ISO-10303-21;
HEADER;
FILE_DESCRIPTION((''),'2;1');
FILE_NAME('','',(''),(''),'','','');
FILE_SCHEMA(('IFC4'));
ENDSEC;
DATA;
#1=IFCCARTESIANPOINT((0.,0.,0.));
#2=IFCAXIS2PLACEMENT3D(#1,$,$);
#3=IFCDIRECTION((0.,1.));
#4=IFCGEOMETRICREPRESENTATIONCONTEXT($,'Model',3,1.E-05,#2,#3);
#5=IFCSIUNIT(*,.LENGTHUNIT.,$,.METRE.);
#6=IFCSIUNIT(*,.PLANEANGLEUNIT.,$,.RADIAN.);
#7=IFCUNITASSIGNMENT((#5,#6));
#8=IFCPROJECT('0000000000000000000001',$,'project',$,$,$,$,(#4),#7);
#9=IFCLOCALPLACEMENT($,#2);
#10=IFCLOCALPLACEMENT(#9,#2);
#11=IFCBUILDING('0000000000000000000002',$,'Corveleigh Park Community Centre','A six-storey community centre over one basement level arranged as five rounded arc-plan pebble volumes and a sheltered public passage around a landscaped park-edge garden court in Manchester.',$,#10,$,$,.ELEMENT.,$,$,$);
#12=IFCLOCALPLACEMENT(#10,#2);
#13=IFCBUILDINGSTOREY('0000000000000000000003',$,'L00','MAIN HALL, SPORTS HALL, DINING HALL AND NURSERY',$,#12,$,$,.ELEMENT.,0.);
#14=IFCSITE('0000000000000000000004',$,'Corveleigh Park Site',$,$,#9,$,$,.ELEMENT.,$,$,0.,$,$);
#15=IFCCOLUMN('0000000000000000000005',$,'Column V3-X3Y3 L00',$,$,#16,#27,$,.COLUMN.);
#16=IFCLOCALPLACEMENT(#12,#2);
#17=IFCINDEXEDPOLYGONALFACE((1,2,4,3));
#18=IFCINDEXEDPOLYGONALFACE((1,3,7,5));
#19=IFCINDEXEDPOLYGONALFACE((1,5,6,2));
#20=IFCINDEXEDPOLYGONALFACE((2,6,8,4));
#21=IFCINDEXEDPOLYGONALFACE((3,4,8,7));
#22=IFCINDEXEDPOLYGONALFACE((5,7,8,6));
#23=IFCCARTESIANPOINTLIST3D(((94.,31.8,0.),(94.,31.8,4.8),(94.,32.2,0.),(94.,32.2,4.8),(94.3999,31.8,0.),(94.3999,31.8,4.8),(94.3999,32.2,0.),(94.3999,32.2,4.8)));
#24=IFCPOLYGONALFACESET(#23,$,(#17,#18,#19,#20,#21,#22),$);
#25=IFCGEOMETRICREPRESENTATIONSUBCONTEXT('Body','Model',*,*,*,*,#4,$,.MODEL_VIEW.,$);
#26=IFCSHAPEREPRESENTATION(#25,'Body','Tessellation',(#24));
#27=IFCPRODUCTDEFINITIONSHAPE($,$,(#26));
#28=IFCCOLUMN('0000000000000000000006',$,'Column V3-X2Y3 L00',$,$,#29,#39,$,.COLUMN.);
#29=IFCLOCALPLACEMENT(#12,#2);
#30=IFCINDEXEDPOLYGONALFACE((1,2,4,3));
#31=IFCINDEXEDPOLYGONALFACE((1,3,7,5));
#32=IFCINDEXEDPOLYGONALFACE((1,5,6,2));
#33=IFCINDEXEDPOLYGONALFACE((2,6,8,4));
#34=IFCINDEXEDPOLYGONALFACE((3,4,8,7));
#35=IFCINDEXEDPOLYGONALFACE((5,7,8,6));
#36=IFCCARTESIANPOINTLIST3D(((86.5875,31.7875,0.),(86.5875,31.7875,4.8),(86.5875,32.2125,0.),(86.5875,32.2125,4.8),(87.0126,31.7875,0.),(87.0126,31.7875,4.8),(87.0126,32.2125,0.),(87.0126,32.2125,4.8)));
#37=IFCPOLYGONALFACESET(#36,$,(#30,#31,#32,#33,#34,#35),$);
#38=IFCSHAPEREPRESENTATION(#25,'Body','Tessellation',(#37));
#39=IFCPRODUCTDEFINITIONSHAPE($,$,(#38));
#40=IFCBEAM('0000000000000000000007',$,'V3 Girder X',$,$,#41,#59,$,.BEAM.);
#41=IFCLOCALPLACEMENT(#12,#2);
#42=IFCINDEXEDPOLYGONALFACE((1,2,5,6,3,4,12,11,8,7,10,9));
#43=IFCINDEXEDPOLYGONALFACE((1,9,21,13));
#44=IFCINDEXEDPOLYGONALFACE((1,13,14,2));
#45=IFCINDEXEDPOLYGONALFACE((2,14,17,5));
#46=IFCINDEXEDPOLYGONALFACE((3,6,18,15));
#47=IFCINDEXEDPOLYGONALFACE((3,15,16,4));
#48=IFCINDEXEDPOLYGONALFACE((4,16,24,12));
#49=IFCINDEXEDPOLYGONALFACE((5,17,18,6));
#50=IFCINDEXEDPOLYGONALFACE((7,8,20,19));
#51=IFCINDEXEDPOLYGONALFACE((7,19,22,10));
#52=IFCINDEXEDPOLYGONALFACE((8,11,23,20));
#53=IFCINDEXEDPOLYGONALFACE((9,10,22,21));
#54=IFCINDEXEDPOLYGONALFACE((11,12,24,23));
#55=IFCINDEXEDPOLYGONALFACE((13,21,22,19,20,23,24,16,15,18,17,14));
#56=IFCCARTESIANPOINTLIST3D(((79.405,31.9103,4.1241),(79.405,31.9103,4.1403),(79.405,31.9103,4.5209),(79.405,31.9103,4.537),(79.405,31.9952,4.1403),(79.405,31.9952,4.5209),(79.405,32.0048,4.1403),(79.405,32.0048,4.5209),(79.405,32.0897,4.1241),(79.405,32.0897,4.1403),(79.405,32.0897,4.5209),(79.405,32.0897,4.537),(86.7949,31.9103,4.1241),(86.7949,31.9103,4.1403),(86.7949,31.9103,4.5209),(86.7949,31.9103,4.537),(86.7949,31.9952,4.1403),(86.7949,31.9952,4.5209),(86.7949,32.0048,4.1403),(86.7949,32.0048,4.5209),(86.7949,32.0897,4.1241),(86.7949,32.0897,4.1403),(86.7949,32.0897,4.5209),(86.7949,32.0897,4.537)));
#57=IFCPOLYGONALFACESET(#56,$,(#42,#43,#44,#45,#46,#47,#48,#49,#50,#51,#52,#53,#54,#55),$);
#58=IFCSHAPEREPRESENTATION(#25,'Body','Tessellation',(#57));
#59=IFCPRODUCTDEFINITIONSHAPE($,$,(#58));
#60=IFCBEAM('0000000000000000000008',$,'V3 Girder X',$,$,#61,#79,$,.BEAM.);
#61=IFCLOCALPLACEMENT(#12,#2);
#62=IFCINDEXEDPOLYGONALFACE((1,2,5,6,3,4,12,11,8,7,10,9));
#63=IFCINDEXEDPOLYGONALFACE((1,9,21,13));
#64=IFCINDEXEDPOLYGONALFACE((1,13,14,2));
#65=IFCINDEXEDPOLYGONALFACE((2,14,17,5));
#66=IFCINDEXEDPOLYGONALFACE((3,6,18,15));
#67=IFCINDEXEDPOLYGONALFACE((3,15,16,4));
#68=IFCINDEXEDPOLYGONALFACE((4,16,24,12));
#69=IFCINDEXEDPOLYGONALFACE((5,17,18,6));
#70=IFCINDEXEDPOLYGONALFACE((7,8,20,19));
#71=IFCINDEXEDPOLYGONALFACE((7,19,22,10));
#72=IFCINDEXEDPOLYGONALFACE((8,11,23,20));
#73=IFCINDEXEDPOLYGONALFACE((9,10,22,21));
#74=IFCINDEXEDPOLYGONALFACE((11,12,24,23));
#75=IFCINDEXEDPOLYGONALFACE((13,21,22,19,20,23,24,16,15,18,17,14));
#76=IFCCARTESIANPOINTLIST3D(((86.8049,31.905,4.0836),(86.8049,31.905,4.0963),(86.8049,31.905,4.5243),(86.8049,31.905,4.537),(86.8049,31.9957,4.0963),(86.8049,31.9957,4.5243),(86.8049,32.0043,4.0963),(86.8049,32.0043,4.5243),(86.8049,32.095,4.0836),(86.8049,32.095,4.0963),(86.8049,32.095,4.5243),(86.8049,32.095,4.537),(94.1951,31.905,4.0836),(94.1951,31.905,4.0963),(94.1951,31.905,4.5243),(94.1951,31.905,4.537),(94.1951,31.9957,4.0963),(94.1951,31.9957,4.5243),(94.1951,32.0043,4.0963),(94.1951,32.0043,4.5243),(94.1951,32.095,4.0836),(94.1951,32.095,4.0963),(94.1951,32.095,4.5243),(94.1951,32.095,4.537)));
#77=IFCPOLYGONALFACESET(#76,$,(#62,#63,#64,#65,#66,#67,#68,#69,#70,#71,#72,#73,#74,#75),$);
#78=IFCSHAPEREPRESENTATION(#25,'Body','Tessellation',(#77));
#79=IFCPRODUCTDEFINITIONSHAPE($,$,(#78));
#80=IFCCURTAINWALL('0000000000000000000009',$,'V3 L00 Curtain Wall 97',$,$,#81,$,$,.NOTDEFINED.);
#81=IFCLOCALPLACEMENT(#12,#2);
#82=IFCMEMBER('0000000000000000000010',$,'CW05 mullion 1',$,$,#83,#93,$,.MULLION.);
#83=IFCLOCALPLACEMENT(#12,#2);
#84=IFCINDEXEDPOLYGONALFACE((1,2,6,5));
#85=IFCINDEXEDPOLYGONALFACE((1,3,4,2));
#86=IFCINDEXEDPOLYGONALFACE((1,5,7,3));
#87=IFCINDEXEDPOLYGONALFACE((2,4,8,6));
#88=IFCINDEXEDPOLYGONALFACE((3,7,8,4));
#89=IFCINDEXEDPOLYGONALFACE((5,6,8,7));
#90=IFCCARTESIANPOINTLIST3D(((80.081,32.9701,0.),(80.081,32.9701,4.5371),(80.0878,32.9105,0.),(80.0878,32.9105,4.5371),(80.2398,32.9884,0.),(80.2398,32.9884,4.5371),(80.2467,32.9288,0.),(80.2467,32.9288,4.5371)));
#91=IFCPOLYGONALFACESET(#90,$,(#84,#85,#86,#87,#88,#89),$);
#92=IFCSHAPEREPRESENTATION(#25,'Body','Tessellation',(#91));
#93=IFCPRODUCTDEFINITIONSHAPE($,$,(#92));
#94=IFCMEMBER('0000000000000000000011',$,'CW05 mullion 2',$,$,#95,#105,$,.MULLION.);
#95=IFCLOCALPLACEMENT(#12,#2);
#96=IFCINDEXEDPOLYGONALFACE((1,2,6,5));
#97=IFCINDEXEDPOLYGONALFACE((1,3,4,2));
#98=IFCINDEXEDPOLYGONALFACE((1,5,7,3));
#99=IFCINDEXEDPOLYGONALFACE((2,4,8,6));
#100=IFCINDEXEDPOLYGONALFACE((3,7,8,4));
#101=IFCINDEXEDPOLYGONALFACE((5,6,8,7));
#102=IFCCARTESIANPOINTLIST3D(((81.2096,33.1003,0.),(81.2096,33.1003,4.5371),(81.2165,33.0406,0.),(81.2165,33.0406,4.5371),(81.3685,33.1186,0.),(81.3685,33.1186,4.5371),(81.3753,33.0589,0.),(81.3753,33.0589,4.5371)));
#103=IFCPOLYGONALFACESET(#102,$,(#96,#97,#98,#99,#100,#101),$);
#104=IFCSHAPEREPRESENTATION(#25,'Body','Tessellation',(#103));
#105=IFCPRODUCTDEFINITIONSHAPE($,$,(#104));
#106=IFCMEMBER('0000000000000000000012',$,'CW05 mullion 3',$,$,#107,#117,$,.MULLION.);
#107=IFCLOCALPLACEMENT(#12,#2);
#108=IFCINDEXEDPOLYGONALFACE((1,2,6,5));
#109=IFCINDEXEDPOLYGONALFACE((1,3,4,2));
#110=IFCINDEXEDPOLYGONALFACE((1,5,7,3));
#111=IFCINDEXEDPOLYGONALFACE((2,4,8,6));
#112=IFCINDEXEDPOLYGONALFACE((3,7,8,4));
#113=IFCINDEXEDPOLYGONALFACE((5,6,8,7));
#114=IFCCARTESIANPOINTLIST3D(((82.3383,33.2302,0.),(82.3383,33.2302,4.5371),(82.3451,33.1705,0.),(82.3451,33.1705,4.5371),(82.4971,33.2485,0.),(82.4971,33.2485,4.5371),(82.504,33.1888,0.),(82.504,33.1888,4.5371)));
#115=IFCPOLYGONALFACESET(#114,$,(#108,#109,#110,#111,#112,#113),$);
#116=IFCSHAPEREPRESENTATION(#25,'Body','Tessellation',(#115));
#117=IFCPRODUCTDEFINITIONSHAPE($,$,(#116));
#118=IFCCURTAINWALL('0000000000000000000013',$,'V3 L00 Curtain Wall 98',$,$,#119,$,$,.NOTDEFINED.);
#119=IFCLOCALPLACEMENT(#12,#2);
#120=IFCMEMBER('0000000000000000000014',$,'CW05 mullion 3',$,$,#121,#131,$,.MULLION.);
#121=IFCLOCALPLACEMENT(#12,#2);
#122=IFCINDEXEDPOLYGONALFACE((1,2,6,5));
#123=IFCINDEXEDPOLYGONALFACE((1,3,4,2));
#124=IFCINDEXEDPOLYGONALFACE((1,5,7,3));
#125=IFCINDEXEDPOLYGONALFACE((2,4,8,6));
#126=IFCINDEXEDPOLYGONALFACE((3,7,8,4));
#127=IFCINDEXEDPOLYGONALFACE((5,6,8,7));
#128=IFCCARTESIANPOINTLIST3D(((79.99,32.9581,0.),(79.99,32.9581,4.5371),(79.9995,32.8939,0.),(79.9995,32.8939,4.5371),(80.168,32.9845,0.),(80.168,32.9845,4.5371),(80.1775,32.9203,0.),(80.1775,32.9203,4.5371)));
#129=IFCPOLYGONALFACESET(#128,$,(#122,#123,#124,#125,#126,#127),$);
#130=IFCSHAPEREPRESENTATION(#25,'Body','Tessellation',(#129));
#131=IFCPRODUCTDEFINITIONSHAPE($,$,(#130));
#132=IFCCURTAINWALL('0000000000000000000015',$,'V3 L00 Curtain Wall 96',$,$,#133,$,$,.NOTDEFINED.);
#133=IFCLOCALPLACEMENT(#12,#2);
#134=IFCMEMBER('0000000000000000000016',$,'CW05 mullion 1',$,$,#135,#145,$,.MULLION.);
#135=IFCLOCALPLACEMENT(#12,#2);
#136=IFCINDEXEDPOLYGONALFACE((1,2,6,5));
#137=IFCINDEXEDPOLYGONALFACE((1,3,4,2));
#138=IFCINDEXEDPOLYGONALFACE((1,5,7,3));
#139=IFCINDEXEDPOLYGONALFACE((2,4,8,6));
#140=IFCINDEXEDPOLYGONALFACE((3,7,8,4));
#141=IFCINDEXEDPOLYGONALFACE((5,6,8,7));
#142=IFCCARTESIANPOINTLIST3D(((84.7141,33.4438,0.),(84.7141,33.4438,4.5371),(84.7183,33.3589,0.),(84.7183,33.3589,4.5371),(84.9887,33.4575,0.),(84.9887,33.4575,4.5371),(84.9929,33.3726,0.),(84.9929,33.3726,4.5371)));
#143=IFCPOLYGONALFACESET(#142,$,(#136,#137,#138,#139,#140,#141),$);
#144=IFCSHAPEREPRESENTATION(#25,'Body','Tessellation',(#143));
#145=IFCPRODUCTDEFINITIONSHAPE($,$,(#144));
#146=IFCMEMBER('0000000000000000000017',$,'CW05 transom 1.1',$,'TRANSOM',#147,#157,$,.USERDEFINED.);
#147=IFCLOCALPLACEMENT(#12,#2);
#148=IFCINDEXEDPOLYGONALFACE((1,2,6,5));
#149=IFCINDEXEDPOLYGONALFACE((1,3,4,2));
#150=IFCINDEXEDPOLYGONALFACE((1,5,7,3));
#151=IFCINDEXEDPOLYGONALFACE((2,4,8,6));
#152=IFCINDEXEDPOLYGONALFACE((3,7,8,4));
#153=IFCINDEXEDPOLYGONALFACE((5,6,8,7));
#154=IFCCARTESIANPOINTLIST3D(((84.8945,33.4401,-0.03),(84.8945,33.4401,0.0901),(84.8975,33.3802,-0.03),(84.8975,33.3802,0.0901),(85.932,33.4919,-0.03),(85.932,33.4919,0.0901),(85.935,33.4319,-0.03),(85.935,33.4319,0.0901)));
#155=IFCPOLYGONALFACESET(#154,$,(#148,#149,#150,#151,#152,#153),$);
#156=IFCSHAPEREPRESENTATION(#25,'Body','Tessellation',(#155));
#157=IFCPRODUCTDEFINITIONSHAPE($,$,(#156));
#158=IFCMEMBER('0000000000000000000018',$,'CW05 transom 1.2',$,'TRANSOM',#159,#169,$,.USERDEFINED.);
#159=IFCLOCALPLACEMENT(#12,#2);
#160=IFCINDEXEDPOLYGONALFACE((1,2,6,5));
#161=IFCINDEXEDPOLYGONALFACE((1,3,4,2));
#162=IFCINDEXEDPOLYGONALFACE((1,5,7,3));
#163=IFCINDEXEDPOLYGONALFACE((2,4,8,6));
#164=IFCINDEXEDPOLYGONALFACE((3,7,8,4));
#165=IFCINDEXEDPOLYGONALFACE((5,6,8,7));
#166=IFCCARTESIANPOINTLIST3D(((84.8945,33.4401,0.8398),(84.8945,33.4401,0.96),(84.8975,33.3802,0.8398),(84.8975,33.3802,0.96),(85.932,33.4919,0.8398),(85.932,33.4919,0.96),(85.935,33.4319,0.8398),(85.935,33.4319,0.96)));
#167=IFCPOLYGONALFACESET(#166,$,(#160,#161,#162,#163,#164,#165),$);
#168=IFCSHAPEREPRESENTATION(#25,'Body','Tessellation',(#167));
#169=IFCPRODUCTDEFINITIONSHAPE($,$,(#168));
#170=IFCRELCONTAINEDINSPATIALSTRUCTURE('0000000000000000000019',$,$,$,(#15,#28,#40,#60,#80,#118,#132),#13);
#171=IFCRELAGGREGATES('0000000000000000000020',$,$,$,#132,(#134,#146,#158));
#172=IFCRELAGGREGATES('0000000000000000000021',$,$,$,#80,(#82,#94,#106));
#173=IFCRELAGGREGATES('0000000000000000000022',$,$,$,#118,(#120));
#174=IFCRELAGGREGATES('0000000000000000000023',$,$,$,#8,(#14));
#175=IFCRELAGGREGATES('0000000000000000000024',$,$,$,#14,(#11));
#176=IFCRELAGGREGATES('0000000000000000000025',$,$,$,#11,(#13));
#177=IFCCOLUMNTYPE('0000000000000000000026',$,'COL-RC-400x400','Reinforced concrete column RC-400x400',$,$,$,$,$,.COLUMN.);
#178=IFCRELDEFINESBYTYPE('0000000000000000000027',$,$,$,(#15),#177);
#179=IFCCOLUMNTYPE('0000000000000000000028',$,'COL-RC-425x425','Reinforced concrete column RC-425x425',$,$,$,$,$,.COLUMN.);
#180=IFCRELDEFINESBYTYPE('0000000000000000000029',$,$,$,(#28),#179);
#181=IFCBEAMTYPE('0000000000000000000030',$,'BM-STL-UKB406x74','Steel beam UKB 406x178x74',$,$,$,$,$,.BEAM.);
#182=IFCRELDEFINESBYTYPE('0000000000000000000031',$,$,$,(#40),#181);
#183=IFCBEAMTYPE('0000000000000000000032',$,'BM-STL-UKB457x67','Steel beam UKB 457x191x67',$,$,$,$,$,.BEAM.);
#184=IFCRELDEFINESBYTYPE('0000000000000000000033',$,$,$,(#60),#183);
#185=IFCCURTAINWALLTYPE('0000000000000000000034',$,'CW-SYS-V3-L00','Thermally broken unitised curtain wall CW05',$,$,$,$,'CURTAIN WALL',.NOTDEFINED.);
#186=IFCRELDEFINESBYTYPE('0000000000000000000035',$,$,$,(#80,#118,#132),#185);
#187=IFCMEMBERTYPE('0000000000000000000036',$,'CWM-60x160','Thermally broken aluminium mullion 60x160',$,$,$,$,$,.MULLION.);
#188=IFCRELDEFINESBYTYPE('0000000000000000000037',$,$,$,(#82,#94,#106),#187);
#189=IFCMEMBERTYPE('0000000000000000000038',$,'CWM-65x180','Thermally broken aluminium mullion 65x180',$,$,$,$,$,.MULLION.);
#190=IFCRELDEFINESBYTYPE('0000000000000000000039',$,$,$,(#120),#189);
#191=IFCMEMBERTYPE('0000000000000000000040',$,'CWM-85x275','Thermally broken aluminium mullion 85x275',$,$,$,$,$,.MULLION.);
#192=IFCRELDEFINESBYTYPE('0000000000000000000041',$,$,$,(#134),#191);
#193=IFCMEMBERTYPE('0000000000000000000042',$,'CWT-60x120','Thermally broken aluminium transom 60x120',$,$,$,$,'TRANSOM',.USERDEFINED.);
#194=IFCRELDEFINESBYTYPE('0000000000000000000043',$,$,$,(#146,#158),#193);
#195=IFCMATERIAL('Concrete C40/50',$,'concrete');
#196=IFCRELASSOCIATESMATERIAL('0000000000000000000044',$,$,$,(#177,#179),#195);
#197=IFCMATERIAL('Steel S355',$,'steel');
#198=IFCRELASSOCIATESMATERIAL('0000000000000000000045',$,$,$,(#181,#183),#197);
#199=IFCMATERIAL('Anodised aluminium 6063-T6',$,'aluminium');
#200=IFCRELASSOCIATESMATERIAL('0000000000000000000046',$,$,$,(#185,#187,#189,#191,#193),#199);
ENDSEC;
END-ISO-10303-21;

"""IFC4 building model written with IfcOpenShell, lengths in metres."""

from ifc_helpers import new_model, si_unit, direction, frame, origin, origin_2d, place, context, subcontext, project, spatial, rectangle, i_section, extrude, material, material_profile, profile_set, type_object, element, aggregate, save


model = new_model("IFC4")

# Units and contexts
model_context = context("Model", 3, precision=1e-05, world=origin(), true_north=direction((0.0, 1.0)))
body_context = subcontext(model_context, "Body", "Model", "MODEL_VIEW")
ifc_project = project(units=[si_unit("LENGTHUNIT", "METRE"), si_unit("PLANEANGLEUNIT", "RADIAN")], contexts=[model_context])

# Site, building, storey
site_placement = place(None, origin())
site = spatial("IfcSite", under=ifc_project, at=site_placement, Name="Corveleigh Park Site", CompositionType="ELEMENT", RefElevation=0.0)
building_placement = place(site_placement, origin())
building = spatial("IfcBuilding", under=site, at=building_placement, Name="Corveleigh Park Community Centre", Description="A six-storey community centre over one basement level arranged as five rounded arc-plan pebble volumes and a sheltered public passage around a landscaped park-edge garden court in Manchester.", CompositionType="ELEMENT")
storey_placement = place(building_placement, origin())
storey = spatial("IfcBuildingStorey", under=building, at=storey_placement, Name="L00", Description="MAIN HALL, SPORTS HALL, DINING HALL AND NURSERY", CompositionType="ELEMENT", Elevation=0.0)

# Columns
ifc_material_1 = material(Name="Concrete C40/50", Category="concrete")
ifc_material_profile_1 = material_profile(ifc_material_1, rectangle(XDim=0.3999, YDim=0.3999, at=origin_2d()), Name="RC-400x400", Category="concrete")
ifc_profile_set_1 = profile_set([ifc_material_profile_1], Name="Concrete C40/50")
column_type_1 = type_object("IfcColumnType", Name="COL-RC-400x400", Description="Reinforced concrete column RC-400x400", PredefinedType="COLUMN", material=ifc_profile_set_1)
column_1_placement = place(storey_placement, frame((94.2, 32.0, 0.0), z_axis=(0.0, 0.0, 1.0), x_axis=(1.0, 0.0, 0.0)))
element("IfcColumn", 1, at=column_1_placement, inside=storey, type_object=column_type_1, Name="Column V3-X3Y3 L00", PredefinedType="COLUMN", context=body_context, shape_type="SweptSolid", body=[
    extrude(rectangle(XDim=0.3999, YDim=0.3999, at=origin_2d()), origin(), (0.0, 0.0, 1.0), 4.8),
])
ifc_material_profile_2 = material_profile(ifc_material_1, rectangle(XDim=0.425, YDim=0.425, at=origin_2d()), Name="RC-425x425", Category="concrete")
ifc_profile_set_2 = profile_set([ifc_material_profile_2], Name="Concrete C40/50")
column_type_2 = type_object("IfcColumnType", Name="COL-RC-425x425", Description="Reinforced concrete column RC-425x425", PredefinedType="COLUMN", material=ifc_profile_set_2)
column_2_placement = place(storey_placement, frame((86.8, 32.0, 0.0), z_axis=(0.0, 0.0, 1.0), x_axis=(1.0, 0.0, 0.0)))
element("IfcColumn", 2, at=column_2_placement, inside=storey, type_object=column_type_2, Name="Column V3-X2Y3 L00", PredefinedType="COLUMN", context=body_context, shape_type="SweptSolid", body=[
    extrude(rectangle(XDim=0.425, YDim=0.425, at=origin_2d()), origin(), (0.0, 0.0, 1.0), 4.8),
])

# Beams
ifc_material_2 = material(Name="Steel S355", Category="steel")
ifc_material_profile_3 = material_profile(ifc_material_2, i_section(OverallWidth=0.1794, OverallDepth=0.4128, WebThickness=0.0095, FlangeThickness=0.0161, at=origin_2d()), Name="UKB 406x178x74", Category="steel")
ifc_profile_set_3 = profile_set([ifc_material_profile_3], Name="Steel S355")
beam_type_1 = type_object("IfcBeamType", Name="BM-STL-UKB406x74", Description="Steel beam UKB 406x178x74", PredefinedType="BEAM", material=ifc_profile_set_3)
beam_1_placement = place(storey_placement, frame((79.405, 32.0, 4.3306), z_axis=(1.0, 0.0, 0.0), x_axis=(0.0, 1.0, 0.0)))
element("IfcBeam", 3, at=beam_1_placement, inside=storey, type_object=beam_type_1, Name="V3 Girder X", PredefinedType="BEAM", context=body_context, shape_type="SweptSolid", body=[
    extrude(i_section(OverallWidth=0.1794, OverallDepth=0.4128, WebThickness=0.0095, FlangeThickness=0.0161, at=origin_2d()), origin(), (0.0, 0.0, 1.0), 7.3899),
])
ifc_material_profile_4 = material_profile(ifc_material_2, i_section(OverallWidth=0.1899, OverallDepth=0.4534, WebThickness=0.0085, FlangeThickness=0.0127, at=origin_2d()), Name="UKB 457x191x67", Category="steel")
ifc_profile_set_4 = profile_set([ifc_material_profile_4], Name="Steel S355")
beam_type_2 = type_object("IfcBeamType", Name="BM-STL-UKB457x67", Description="Steel beam UKB 457x191x67", PredefinedType="BEAM", material=ifc_profile_set_4)
beam_2_placement = place(storey_placement, frame((86.8049, 32.0, 4.3103), z_axis=(1.0, 0.0, 0.0), x_axis=(0.0, 1.0, 0.0)))
element("IfcBeam", 4, at=beam_2_placement, inside=storey, type_object=beam_type_2, Name="V3 Girder X", PredefinedType="BEAM", context=body_context, shape_type="SweptSolid", body=[
    extrude(i_section(OverallWidth=0.1899, OverallDepth=0.4534, WebThickness=0.0085, FlangeThickness=0.0127, at=origin_2d()), origin(), (0.0, 0.0, 1.0), 7.3901),
])

# Curtain wall, members
ifc_material_3 = material(Name="Anodised aluminium 6063-T6", Category="aluminium")
curtain_wall_type = type_object("IfcCurtainWallType", Name="CW-SYS-V3-L00", Description="Thermally broken unitised curtain wall CW05", ElementType="CURTAIN WALL", PredefinedType="NOTDEFINED", material=ifc_material_3)
curtain_wall_1_placement = place(storey_placement, origin())
curtain_wall_1 = element("IfcCurtainWall", 5, at=curtain_wall_1_placement, inside=storey, type_object=curtain_wall_type, Name="V3 L00 Curtain Wall 97", PredefinedType="NOTDEFINED")
ifc_material_profile_5 = material_profile(ifc_material_3, rectangle(XDim=0.0601, YDim=0.1599, at=origin_2d()), Name="ALU-M60x160", Category="aluminium")
ifc_profile_set_5 = profile_set([ifc_material_profile_5], Name="Anodised aluminium 6063-T6")
member_type_1 = type_object("IfcMemberType", Name="CWM-60x160", Description="Thermally broken aluminium mullion 60x160", PredefinedType="MULLION", material=ifc_profile_set_5)
member_1_placement = place(storey_placement, frame((80.1638, 32.9495, 0.0), z_axis=(0.0, 0.0, 1.0), x_axis=(-0.114478, 0.993426, 0.0)))
member_1 = element("IfcMember", 6, at=member_1_placement, type_object=member_type_1, Name="CW05 mullion 1", PredefinedType="MULLION", context=body_context, shape_type="SweptSolid", body=[
    extrude(rectangle(XDim=0.0601, YDim=0.1599, at=origin_2d()), origin(), (0.0, 0.0, 1.0), 4.5371),
])
member_2_placement = place(storey_placement, frame((81.2925, 33.0796, 0.0), z_axis=(0.0, 0.0, 1.0), x_axis=(-0.114478, 0.993426, 0.0)))
member_2 = element("IfcMember", 7, at=member_2_placement, type_object=member_type_1, Name="CW05 mullion 2", PredefinedType="MULLION", context=body_context, shape_type="SweptSolid", body=[
    extrude(rectangle(XDim=0.0601, YDim=0.1599, at=origin_2d()), origin(), (0.0, 0.0, 1.0), 4.5371),
])
member_3_placement = place(storey_placement, frame((82.4211, 33.2095, 0.0), z_axis=(0.0, 0.0, 1.0), x_axis=(-0.114478, 0.993426, 0.0)))
member_3 = element("IfcMember", 8, at=member_3_placement, type_object=member_type_1, Name="CW05 mullion 3", PredefinedType="MULLION", context=body_context, shape_type="SweptSolid", body=[
    extrude(rectangle(XDim=0.0601, YDim=0.1599, at=origin_2d()), origin(), (0.0, 0.0, 1.0), 4.5371),
])

# Curtain wall, member
curtain_wall_2_placement = place(storey_placement, origin())
curtain_wall_2 = element("IfcCurtainWall", 9, at=curtain_wall_2_placement, inside=storey, type_object=curtain_wall_type, Name="V3 L00 Curtain Wall 98", PredefinedType="NOTDEFINED")
ifc_material_profile_6 = material_profile(ifc_material_3, rectangle(XDim=0.0649, YDim=0.1799, at=origin_2d()), Name="ALU-M65x180", Category="aluminium")
ifc_profile_set_6 = profile_set([ifc_material_profile_6], Name="Anodised aluminium 6063-T6")
member_type_2 = type_object("IfcMemberType", Name="CWM-65x180", Description="Thermally broken aluminium mullion 65x180", PredefinedType="MULLION", material=ifc_profile_set_6)
member_4_placement = place(storey_placement, frame((80.0837, 32.9392, 0.0), z_axis=(0.0, 0.0, 1.0), x_axis=(-0.146937, 0.989146, 0.0)))
member_4 = element("IfcMember", 10, at=member_4_placement, type_object=member_type_2, Name="CW05 mullion 3", PredefinedType="MULLION", context=body_context, shape_type="SweptSolid", body=[
    extrude(rectangle(XDim=0.0649, YDim=0.1799, at=origin_2d()), origin(), (0.0, 0.0, 1.0), 4.5371),
])

# Curtain wall, members
curtain_wall_3_placement = place(storey_placement, origin())
curtain_wall_3 = element("IfcCurtainWall", 11, at=curtain_wall_3_placement, inside=storey, type_object=curtain_wall_type, Name="V3 L00 Curtain Wall 96", PredefinedType="NOTDEFINED")
ifc_material_profile_7 = material_profile(ifc_material_3, rectangle(XDim=0.085, YDim=0.2749, at=origin_2d()), Name="ALU-M85x275", Category="aluminium")
ifc_profile_set_7 = profile_set([ifc_material_profile_7], Name="Anodised aluminium 6063-T6")
member_type_3 = type_object("IfcMemberType", Name="CWM-85x275", Description="Thermally broken aluminium mullion 85x275", PredefinedType="MULLION", material=ifc_profile_set_7)
member_5_placement = place(storey_placement, frame((84.8535, 33.4082, 0.0), z_axis=(0.0, 0.0, 1.0), x_axis=(-0.049724, 0.998763, 0.0)))
member_5 = element("IfcMember", 12, at=member_5_placement, type_object=member_type_3, Name="CW05 mullion 1", PredefinedType="MULLION", context=body_context, shape_type="SweptSolid", body=[
    extrude(rectangle(XDim=0.085, YDim=0.2749, at=origin_2d()), origin(), (0.0, 0.0, 1.0), 4.5371),
])
ifc_material_profile_8 = material_profile(ifc_material_3, rectangle(XDim=0.0601, YDim=0.1201, at=origin_2d()), Name="ALU-T60x120", Category="aluminium")
ifc_profile_set_8 = profile_set([ifc_material_profile_8], Name="Anodised aluminium 6063-T6")
member_type_4 = type_object("IfcMemberType", Name="CWT-60x120", Description="Thermally broken aluminium transom 60x120", ElementType="TRANSOM", PredefinedType="USERDEFINED", material=ifc_profile_set_8)
member_6_placement = place(storey_placement, frame((84.896, 33.4102, 0.03), z_axis=(0.998758, 0.04982, 0.0), x_axis=(-0.04982, 0.998758, 0.0)))
member_6 = element("IfcMember", 13, at=member_6_placement, type_object=member_type_4, Name="CW05 transom 1.1", ObjectType="TRANSOM", PredefinedType="USERDEFINED", context=body_context, shape_type="SweptSolid", body=[
    extrude(rectangle(XDim=0.0601, YDim=0.1201, at=origin_2d()), origin(), (0.0, 0.0, 1.0), 1.0388),
])
member_7_placement = place(storey_placement, frame((84.896, 33.4102, 0.8999), z_axis=(0.998758, 0.04982, 0.0), x_axis=(-0.04982, 0.998758, 0.0)))
member_7 = element("IfcMember", 14, at=member_7_placement, type_object=member_type_4, Name="CW05 transom 1.2", ObjectType="TRANSOM", PredefinedType="USERDEFINED", context=body_context, shape_type="SweptSolid", body=[
    extrude(rectangle(XDim=0.0601, YDim=0.1201, at=origin_2d()), origin(), (0.0, 0.0, 1.0), 1.0388),
])
aggregate(curtain_wall_3, [member_5, member_6, member_7])

aggregate(curtain_wall_1, [member_1, member_2, member_3])
aggregate(curtain_wall_2, [member_4])

save(model, "model.ifc")
